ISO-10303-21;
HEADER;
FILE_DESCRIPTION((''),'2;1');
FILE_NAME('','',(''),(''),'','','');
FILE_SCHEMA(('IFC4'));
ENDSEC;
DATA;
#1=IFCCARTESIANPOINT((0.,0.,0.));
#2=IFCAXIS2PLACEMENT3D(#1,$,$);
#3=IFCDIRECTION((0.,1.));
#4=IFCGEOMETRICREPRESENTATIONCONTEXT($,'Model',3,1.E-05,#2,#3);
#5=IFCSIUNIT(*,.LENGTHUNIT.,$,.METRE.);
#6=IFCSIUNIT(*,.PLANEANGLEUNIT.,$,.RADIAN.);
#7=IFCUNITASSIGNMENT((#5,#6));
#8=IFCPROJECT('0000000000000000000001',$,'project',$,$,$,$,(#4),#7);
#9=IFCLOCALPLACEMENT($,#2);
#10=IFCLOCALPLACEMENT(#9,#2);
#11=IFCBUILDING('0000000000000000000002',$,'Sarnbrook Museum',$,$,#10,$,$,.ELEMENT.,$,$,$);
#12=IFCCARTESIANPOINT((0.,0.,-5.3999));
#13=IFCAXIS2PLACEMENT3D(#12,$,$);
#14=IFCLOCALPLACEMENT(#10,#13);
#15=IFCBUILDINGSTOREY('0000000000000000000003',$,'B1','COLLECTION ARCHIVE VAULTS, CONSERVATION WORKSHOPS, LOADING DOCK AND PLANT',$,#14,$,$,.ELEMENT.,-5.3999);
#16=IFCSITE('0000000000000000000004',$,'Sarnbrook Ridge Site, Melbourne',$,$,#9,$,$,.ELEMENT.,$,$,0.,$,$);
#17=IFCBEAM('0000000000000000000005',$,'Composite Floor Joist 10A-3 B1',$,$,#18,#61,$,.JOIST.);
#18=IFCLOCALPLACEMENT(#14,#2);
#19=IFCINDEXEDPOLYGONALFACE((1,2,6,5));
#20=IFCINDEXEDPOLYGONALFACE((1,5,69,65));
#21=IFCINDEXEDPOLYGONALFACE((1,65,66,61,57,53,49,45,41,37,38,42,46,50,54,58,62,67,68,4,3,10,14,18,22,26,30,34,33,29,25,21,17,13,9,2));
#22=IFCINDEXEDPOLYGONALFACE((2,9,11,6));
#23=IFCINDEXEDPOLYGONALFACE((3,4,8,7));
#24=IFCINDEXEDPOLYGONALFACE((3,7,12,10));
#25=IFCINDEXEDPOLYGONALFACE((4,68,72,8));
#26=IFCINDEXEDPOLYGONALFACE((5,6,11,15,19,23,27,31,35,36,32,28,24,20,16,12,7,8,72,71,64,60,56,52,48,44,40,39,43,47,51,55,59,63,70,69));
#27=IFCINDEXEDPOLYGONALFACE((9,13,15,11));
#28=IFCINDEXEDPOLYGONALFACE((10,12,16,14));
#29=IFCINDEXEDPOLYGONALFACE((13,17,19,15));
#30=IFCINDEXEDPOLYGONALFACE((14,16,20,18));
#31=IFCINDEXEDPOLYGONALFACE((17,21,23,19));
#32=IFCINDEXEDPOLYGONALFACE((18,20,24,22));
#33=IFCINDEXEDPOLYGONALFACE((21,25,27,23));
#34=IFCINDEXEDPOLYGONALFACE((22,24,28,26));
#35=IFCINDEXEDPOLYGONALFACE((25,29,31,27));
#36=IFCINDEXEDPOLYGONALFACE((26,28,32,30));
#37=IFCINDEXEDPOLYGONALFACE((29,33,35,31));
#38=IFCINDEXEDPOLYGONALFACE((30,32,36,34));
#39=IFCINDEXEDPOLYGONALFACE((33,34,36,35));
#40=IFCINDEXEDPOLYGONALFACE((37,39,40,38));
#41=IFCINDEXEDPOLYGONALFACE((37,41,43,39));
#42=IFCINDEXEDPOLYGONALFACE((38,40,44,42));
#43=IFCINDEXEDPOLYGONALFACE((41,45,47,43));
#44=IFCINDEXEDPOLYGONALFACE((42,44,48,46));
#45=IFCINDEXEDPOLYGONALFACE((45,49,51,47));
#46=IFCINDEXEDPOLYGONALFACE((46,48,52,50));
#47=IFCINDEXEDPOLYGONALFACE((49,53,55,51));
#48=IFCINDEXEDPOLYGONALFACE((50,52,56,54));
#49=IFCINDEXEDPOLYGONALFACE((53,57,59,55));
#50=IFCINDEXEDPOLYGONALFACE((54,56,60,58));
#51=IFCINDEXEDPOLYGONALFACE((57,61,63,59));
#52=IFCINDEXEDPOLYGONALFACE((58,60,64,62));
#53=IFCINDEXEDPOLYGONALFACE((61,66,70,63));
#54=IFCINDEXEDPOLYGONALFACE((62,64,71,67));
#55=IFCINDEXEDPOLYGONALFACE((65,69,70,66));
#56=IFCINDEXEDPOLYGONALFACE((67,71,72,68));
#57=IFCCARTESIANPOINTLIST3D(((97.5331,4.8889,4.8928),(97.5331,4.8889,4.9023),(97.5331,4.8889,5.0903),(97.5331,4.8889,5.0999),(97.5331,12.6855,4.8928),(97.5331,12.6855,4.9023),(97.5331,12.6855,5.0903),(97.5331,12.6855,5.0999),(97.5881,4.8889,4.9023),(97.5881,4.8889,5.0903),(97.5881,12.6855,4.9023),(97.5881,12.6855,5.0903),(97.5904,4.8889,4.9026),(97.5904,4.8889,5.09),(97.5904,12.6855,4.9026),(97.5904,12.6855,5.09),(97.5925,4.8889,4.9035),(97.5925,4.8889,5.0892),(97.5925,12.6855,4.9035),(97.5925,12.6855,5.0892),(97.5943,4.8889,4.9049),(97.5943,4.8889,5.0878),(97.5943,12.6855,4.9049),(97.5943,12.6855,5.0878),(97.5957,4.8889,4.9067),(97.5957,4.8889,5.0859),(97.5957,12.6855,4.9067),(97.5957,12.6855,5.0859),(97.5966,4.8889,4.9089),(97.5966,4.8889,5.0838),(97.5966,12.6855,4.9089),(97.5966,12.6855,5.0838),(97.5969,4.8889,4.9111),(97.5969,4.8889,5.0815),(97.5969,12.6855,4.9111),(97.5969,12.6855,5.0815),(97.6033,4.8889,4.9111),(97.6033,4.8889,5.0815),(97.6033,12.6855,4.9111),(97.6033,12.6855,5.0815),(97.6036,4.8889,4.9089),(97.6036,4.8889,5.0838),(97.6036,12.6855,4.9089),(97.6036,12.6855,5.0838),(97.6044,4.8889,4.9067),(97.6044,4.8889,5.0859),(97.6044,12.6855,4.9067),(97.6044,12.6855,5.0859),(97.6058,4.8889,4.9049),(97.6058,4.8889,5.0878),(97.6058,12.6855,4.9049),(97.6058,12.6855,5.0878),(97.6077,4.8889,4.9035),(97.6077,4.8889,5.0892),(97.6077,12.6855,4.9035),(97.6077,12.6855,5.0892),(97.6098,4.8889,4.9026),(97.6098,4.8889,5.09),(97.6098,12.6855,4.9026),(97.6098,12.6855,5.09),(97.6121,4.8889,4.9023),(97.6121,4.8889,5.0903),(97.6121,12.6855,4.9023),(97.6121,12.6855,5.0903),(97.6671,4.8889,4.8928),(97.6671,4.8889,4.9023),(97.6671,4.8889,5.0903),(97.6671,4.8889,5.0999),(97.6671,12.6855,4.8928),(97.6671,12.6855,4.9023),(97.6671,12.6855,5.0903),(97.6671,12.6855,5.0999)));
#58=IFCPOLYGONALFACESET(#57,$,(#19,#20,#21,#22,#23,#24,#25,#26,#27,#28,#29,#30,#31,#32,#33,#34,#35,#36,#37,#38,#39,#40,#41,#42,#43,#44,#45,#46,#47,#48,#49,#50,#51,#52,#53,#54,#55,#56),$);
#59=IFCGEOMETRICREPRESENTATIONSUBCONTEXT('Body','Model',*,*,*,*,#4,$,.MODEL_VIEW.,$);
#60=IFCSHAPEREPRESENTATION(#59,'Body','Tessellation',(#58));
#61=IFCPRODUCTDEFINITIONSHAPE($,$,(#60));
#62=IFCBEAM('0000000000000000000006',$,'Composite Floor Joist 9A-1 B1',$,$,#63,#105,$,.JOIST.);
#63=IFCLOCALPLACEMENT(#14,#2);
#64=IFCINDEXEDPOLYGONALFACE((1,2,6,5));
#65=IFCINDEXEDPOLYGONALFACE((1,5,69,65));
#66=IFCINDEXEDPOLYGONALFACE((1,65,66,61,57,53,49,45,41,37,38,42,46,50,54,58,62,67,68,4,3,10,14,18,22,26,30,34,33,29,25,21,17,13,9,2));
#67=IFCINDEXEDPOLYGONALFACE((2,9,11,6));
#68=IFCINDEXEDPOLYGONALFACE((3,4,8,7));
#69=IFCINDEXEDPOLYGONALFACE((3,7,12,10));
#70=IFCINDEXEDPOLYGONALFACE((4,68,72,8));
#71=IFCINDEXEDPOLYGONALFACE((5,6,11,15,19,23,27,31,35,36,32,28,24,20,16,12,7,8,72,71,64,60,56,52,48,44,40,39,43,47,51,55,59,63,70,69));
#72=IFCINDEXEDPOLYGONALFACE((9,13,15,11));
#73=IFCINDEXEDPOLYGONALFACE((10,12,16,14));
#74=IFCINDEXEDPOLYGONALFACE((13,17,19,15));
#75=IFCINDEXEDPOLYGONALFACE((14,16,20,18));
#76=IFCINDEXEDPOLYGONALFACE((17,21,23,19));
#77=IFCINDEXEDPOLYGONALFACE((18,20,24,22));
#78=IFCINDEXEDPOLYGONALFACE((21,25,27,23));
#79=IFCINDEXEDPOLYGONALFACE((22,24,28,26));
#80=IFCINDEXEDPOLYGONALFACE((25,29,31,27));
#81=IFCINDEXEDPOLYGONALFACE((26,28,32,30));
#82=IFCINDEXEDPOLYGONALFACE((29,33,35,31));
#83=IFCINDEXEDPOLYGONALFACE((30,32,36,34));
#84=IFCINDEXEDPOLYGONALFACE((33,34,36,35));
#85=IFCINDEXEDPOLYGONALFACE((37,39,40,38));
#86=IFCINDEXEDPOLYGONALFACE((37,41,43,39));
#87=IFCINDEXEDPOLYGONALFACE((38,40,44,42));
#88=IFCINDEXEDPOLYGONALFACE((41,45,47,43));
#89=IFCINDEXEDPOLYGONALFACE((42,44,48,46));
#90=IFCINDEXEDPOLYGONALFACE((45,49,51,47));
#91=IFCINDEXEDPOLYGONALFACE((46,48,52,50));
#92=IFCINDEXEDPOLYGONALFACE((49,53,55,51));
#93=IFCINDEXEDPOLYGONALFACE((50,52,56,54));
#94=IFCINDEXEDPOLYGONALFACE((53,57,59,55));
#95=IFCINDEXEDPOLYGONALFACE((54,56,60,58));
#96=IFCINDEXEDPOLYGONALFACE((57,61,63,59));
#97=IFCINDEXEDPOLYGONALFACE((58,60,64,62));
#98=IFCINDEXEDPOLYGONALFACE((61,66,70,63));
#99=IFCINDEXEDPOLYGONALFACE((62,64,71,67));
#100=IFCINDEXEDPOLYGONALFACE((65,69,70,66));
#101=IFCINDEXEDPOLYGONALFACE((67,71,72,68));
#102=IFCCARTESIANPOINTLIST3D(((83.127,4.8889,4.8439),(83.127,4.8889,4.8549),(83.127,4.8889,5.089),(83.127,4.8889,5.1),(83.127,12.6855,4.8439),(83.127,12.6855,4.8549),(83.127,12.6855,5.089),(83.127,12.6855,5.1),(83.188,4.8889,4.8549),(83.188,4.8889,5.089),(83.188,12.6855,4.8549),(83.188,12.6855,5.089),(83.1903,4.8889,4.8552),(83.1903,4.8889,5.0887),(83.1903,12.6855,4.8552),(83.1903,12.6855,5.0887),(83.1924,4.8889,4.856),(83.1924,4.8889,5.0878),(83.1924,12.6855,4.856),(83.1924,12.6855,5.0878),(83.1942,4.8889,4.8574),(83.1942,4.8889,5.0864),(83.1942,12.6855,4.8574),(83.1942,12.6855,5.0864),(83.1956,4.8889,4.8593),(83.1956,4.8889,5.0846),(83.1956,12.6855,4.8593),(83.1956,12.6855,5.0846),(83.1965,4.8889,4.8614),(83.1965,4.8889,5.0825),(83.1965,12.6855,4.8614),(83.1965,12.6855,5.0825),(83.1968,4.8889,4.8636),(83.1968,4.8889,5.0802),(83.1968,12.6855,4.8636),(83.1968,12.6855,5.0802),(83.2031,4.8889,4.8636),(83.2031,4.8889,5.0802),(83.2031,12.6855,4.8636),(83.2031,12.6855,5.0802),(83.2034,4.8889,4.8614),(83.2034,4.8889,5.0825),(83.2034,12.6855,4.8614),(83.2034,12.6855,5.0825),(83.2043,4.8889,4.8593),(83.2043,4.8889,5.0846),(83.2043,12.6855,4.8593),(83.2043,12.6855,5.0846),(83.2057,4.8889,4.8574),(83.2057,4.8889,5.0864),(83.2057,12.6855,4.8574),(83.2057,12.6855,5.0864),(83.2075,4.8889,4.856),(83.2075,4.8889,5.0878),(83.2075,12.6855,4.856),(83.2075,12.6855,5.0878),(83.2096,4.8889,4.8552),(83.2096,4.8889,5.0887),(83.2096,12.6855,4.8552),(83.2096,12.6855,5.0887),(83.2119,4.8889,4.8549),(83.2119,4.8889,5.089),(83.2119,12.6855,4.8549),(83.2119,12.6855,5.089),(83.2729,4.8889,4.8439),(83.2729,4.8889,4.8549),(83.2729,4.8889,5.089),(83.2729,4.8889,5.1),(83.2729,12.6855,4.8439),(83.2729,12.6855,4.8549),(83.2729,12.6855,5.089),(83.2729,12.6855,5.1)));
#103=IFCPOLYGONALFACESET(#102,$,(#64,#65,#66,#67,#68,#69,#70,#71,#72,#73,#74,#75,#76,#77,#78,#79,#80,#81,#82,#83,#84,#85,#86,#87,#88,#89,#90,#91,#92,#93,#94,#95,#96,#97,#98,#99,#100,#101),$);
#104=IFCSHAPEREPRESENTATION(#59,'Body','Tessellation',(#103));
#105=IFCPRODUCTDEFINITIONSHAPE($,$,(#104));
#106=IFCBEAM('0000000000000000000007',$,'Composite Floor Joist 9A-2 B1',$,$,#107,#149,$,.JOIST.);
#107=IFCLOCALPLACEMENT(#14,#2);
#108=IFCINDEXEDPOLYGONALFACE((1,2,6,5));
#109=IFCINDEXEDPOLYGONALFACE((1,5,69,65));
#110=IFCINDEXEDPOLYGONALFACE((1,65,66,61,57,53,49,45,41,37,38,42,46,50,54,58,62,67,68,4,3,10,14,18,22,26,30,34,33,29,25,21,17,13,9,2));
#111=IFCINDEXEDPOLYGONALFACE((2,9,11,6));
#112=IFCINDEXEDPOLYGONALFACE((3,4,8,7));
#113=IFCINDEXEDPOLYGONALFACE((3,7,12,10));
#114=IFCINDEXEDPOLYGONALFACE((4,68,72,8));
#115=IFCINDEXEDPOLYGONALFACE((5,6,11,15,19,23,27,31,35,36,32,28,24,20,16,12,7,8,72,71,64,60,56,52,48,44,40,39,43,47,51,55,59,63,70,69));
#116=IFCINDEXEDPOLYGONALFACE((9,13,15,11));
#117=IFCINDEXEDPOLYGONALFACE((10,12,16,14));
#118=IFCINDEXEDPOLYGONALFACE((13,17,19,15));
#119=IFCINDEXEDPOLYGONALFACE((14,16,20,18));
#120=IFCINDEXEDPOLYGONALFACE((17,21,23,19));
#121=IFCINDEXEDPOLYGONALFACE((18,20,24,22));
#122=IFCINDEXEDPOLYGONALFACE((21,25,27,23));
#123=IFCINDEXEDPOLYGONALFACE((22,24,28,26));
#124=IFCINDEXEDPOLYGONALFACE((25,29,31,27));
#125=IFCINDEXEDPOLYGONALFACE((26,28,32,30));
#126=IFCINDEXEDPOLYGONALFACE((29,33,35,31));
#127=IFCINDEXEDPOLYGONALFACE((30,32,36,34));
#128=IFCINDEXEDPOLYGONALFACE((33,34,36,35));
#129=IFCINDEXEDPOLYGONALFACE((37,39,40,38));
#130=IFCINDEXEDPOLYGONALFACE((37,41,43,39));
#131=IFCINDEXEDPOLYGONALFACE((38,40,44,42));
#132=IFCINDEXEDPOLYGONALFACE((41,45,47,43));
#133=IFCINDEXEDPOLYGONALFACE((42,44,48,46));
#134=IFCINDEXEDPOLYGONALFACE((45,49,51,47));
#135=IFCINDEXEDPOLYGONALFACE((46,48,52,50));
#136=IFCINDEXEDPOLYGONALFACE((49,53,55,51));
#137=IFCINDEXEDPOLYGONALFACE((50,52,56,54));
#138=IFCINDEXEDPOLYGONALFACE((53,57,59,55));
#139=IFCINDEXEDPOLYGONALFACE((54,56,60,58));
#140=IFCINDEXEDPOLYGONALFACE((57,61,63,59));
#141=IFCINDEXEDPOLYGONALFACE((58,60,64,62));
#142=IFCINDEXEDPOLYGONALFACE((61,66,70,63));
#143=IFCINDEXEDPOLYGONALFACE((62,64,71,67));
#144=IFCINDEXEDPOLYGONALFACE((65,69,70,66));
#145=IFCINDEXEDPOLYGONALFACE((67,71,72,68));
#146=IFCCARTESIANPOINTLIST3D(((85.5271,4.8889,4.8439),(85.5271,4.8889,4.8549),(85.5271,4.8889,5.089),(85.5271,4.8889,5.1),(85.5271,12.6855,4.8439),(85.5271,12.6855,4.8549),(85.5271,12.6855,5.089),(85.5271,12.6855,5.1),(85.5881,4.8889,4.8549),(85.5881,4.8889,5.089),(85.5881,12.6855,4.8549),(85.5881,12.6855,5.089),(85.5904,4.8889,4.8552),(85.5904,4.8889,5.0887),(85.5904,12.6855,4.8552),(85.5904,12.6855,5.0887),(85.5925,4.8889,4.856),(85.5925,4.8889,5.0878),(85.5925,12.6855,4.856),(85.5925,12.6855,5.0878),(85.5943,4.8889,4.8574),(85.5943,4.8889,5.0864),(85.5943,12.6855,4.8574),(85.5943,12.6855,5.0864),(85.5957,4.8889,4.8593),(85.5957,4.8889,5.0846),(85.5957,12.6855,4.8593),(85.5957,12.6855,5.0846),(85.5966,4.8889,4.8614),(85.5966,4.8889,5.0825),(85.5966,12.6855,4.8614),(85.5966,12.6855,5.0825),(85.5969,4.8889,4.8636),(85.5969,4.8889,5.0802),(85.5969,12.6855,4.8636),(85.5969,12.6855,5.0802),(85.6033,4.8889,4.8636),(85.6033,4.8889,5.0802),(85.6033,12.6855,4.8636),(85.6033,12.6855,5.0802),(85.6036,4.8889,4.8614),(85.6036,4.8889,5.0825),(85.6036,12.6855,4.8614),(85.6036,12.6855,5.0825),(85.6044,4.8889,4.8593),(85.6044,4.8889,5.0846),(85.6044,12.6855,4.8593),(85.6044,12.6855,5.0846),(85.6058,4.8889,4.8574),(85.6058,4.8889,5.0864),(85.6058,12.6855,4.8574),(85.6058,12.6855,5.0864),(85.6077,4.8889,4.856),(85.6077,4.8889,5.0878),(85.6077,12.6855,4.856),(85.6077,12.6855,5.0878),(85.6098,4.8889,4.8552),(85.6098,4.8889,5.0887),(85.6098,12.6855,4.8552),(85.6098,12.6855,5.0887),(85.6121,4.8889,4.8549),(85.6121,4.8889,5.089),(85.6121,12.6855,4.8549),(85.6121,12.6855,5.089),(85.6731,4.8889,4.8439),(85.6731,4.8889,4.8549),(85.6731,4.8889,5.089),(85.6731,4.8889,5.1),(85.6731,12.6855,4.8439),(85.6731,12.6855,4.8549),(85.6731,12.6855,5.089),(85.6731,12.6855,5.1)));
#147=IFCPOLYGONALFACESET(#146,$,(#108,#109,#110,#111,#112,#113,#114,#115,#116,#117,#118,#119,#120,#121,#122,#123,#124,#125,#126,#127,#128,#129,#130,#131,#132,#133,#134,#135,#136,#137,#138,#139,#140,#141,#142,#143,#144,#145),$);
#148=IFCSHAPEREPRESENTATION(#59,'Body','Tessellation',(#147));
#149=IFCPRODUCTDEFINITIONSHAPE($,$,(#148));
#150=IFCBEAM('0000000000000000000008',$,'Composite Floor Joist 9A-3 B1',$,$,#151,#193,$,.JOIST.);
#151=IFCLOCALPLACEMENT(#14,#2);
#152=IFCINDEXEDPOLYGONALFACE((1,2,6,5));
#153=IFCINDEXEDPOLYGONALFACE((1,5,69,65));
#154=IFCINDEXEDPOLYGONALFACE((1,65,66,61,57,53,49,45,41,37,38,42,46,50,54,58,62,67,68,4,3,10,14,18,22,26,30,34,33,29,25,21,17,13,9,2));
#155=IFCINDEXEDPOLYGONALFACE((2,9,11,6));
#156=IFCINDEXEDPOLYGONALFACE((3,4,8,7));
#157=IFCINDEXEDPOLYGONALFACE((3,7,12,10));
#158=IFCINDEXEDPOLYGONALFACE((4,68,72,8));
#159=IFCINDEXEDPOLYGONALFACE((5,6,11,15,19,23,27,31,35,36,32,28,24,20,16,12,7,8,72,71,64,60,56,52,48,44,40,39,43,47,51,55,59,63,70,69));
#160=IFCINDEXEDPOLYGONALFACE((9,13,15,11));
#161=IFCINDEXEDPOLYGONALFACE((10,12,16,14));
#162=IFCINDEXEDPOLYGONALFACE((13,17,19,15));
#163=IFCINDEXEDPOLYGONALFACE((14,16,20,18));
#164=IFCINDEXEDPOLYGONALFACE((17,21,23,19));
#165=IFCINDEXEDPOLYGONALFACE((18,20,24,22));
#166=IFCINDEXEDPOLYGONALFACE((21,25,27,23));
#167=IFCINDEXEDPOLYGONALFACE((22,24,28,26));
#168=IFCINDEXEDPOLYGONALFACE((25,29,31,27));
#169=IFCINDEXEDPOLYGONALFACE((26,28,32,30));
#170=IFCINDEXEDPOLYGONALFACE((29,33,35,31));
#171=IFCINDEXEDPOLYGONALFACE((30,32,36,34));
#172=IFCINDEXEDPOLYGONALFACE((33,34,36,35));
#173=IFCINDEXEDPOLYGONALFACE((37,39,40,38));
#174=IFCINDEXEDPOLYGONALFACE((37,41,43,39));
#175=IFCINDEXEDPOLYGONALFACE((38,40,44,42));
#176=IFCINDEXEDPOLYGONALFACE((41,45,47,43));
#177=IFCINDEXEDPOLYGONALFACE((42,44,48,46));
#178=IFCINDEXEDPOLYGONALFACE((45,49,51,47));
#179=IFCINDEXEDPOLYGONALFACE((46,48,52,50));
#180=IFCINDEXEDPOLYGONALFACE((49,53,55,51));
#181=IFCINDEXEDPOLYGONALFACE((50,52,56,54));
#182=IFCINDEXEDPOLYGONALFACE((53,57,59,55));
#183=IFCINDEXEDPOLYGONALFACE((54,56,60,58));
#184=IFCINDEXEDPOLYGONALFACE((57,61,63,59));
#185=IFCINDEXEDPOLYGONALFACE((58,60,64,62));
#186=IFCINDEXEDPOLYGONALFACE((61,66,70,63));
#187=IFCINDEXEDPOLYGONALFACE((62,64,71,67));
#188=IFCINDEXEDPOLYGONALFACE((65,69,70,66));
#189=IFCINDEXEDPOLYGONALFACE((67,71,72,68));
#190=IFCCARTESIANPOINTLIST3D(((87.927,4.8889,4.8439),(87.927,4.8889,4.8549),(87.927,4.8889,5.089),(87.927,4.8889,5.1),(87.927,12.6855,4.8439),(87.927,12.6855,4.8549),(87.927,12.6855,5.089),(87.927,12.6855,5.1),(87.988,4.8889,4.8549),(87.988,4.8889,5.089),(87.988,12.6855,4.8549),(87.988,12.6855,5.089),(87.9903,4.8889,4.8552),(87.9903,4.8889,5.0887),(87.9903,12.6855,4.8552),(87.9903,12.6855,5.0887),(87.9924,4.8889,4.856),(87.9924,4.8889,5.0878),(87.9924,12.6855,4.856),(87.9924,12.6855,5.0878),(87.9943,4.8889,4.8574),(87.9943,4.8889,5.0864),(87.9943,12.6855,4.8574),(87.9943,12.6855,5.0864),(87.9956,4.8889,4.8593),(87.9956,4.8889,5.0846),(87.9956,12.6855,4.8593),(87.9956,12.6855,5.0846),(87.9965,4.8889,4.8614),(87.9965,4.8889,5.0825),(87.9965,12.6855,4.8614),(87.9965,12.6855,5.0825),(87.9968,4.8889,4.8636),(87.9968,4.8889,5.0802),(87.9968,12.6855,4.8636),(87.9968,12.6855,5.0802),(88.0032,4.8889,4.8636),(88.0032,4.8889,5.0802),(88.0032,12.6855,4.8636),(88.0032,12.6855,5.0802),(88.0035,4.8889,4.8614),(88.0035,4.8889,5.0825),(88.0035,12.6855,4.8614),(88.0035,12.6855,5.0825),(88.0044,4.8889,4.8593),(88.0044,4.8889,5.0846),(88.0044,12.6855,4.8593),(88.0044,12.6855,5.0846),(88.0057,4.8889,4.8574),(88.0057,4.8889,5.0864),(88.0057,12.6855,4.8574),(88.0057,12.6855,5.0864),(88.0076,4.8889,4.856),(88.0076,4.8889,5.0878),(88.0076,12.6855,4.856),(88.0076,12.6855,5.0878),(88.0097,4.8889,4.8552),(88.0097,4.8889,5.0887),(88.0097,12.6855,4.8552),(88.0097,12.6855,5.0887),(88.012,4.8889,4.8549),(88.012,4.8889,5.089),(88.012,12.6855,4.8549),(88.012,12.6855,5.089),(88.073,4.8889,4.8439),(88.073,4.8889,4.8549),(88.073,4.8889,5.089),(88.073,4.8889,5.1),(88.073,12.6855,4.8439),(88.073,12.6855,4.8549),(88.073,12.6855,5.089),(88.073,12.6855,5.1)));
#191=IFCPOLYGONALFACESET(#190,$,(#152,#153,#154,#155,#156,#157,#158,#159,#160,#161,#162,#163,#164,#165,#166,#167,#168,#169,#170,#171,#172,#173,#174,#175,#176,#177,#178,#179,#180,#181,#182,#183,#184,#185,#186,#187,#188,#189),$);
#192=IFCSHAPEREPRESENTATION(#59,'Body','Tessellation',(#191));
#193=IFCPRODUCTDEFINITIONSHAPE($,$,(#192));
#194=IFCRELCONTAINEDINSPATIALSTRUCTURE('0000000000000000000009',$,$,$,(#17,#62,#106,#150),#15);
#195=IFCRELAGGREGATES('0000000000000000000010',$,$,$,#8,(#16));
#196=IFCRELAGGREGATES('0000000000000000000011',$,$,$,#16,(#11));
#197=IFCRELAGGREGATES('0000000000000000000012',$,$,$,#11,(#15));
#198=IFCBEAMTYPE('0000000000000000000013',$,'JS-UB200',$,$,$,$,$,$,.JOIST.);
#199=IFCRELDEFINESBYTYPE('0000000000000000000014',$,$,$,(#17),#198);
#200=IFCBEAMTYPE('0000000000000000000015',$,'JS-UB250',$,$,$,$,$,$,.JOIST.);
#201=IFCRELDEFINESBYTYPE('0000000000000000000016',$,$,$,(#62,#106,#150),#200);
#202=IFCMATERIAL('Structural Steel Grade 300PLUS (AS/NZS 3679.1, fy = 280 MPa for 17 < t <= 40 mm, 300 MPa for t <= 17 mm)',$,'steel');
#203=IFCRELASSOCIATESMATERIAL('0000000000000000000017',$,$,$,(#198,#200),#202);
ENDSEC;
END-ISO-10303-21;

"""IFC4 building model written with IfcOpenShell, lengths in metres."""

from ifc_helpers import new_model, si_unit, direction, frame, origin, origin_2d, place, context, subcontext, project, spatial, i_section, extrude, material, material_profile, profile_set, type_object, element, save


model = new_model("IFC4")

# Units and contexts
model_context = context("Model", 3, precision=1e-05, world=origin(), true_north=direction((0.0, 1.0)))
body_context = subcontext(model_context, "Body", "Model", "MODEL_VIEW")
ifc_project = project(units=[si_unit("LENGTHUNIT", "METRE"), si_unit("PLANEANGLEUNIT", "RADIAN")], contexts=[model_context])

# Site, building, storey
site_placement = place(None, origin())
site = spatial("IfcSite", under=ifc_project, at=site_placement, Name="Sarnbrook Ridge Site, Melbourne", CompositionType="ELEMENT", RefElevation=0.0)
building_placement = place(site_placement, origin())
building = spatial("IfcBuilding", under=site, at=building_placement, Name="Sarnbrook Museum", CompositionType="ELEMENT")
storey_placement = place(building_placement, frame((0.0, 0.0, -5.3999)))
storey = spatial("IfcBuildingStorey", under=building, at=storey_placement, Name="B1", Description="COLLECTION ARCHIVE VAULTS, CONSERVATION WORKSHOPS, LOADING DOCK AND PLANT", CompositionType="ELEMENT", Elevation=-5.3999)

# Beams
ifc_material_1 = material(Name="Structural Steel Grade 300PLUS (AS/NZS 3679.1, fy = 280 MPa for 17 < t <= 40 mm, 300 MPa for t <= 17 mm)", Category="steel")
ifc_material_profile_1 = material_profile(ifc_material_1, i_section(OverallWidth=0.134, OverallDepth=0.207, WebThickness=0.0063, FlangeThickness=0.0095, FilletRadius=0.0088, at=origin_2d()), Name="200UB29.8")
ifc_profile_set_1 = profile_set([ifc_material_profile_1], Name="Structural Steel Grade 300PLUS (AS/NZS 3679.1, fy = 280 MPa for 17 < t <= 40 mm, 300 MPa for t <= 17 mm)")
beam_type_1 = type_object("IfcBeamType", Name="JS-UB200", PredefinedType="JOIST", material=ifc_profile_set_1)
for number, where, z_axis, x_axis, name in (
    (1, (97.6001, 4.8889, 4.9963), (0.0, 1.0, 0.0), (-1.0, 0.0, 0.0), "Composite Floor Joist 10A-3 B1"),
):
    element("IfcBeam", number, at=place(storey_placement, frame(where, z_axis=z_axis, x_axis=x_axis)), inside=storey, type_object=beam_type_1, Name=name, PredefinedType="JOIST", context=body_context, shape_type="SweptSolid", body=[
        extrude(i_section(OverallWidth=0.134, OverallDepth=0.207, WebThickness=0.0063, FlangeThickness=0.0095, FilletRadius=0.0088, at=origin_2d()), origin(), (0.0, 0.0, 1.0), 7.7966),
    ])
ifc_material_profile_2 = material_profile(ifc_material_1, i_section(OverallWidth=0.146, OverallDepth=0.2561, WebThickness=0.0063, FlangeThickness=0.011, FilletRadius=0.0088, at=origin_2d()), Name="250UB37.3")
ifc_profile_set_2 = profile_set([ifc_material_profile_2], Name="Structural Steel Grade 300PLUS (AS/NZS 3679.1, fy = 280 MPa for 17 < t <= 40 mm, 300 MPa for t <= 17 mm)")
beam_type_2 = type_object("IfcBeamType", Name="JS-UB250", PredefinedType="JOIST", material=ifc_profile_set_2)
for number, where, z_axis, x_axis, name in (
    (2, (83.2, 4.8889, 4.9719), (0.0, 1.0, 0.0), (-1.0, 0.0, 0.0), "Composite Floor Joist 9A-1 B1"),
    (3, (85.6001, 4.8889, 4.9719), (0.0, 1.0, 0.0), (-1.0, 0.0, 0.0), "Composite Floor Joist 9A-2 B1"),
    (4, (88.0, 4.8889, 4.9719), (0.0, 1.0, 0.0), (-1.0, 0.0, 0.0), "Composite Floor Joist 9A-3 B1"),
):
    element("IfcBeam", number, at=place(storey_placement, frame(where, z_axis=z_axis, x_axis=x_axis)), inside=storey, type_object=beam_type_2, Name=name, PredefinedType="JOIST", context=body_context, shape_type="SweptSolid", body=[
        extrude(i_section(OverallWidth=0.146, OverallDepth=0.2561, WebThickness=0.0063, FlangeThickness=0.011, FilletRadius=0.0088, at=origin_2d()), origin(), (0.0, 0.0, 1.0), 7.7966),
    ])

save(model, "model.ifc")
